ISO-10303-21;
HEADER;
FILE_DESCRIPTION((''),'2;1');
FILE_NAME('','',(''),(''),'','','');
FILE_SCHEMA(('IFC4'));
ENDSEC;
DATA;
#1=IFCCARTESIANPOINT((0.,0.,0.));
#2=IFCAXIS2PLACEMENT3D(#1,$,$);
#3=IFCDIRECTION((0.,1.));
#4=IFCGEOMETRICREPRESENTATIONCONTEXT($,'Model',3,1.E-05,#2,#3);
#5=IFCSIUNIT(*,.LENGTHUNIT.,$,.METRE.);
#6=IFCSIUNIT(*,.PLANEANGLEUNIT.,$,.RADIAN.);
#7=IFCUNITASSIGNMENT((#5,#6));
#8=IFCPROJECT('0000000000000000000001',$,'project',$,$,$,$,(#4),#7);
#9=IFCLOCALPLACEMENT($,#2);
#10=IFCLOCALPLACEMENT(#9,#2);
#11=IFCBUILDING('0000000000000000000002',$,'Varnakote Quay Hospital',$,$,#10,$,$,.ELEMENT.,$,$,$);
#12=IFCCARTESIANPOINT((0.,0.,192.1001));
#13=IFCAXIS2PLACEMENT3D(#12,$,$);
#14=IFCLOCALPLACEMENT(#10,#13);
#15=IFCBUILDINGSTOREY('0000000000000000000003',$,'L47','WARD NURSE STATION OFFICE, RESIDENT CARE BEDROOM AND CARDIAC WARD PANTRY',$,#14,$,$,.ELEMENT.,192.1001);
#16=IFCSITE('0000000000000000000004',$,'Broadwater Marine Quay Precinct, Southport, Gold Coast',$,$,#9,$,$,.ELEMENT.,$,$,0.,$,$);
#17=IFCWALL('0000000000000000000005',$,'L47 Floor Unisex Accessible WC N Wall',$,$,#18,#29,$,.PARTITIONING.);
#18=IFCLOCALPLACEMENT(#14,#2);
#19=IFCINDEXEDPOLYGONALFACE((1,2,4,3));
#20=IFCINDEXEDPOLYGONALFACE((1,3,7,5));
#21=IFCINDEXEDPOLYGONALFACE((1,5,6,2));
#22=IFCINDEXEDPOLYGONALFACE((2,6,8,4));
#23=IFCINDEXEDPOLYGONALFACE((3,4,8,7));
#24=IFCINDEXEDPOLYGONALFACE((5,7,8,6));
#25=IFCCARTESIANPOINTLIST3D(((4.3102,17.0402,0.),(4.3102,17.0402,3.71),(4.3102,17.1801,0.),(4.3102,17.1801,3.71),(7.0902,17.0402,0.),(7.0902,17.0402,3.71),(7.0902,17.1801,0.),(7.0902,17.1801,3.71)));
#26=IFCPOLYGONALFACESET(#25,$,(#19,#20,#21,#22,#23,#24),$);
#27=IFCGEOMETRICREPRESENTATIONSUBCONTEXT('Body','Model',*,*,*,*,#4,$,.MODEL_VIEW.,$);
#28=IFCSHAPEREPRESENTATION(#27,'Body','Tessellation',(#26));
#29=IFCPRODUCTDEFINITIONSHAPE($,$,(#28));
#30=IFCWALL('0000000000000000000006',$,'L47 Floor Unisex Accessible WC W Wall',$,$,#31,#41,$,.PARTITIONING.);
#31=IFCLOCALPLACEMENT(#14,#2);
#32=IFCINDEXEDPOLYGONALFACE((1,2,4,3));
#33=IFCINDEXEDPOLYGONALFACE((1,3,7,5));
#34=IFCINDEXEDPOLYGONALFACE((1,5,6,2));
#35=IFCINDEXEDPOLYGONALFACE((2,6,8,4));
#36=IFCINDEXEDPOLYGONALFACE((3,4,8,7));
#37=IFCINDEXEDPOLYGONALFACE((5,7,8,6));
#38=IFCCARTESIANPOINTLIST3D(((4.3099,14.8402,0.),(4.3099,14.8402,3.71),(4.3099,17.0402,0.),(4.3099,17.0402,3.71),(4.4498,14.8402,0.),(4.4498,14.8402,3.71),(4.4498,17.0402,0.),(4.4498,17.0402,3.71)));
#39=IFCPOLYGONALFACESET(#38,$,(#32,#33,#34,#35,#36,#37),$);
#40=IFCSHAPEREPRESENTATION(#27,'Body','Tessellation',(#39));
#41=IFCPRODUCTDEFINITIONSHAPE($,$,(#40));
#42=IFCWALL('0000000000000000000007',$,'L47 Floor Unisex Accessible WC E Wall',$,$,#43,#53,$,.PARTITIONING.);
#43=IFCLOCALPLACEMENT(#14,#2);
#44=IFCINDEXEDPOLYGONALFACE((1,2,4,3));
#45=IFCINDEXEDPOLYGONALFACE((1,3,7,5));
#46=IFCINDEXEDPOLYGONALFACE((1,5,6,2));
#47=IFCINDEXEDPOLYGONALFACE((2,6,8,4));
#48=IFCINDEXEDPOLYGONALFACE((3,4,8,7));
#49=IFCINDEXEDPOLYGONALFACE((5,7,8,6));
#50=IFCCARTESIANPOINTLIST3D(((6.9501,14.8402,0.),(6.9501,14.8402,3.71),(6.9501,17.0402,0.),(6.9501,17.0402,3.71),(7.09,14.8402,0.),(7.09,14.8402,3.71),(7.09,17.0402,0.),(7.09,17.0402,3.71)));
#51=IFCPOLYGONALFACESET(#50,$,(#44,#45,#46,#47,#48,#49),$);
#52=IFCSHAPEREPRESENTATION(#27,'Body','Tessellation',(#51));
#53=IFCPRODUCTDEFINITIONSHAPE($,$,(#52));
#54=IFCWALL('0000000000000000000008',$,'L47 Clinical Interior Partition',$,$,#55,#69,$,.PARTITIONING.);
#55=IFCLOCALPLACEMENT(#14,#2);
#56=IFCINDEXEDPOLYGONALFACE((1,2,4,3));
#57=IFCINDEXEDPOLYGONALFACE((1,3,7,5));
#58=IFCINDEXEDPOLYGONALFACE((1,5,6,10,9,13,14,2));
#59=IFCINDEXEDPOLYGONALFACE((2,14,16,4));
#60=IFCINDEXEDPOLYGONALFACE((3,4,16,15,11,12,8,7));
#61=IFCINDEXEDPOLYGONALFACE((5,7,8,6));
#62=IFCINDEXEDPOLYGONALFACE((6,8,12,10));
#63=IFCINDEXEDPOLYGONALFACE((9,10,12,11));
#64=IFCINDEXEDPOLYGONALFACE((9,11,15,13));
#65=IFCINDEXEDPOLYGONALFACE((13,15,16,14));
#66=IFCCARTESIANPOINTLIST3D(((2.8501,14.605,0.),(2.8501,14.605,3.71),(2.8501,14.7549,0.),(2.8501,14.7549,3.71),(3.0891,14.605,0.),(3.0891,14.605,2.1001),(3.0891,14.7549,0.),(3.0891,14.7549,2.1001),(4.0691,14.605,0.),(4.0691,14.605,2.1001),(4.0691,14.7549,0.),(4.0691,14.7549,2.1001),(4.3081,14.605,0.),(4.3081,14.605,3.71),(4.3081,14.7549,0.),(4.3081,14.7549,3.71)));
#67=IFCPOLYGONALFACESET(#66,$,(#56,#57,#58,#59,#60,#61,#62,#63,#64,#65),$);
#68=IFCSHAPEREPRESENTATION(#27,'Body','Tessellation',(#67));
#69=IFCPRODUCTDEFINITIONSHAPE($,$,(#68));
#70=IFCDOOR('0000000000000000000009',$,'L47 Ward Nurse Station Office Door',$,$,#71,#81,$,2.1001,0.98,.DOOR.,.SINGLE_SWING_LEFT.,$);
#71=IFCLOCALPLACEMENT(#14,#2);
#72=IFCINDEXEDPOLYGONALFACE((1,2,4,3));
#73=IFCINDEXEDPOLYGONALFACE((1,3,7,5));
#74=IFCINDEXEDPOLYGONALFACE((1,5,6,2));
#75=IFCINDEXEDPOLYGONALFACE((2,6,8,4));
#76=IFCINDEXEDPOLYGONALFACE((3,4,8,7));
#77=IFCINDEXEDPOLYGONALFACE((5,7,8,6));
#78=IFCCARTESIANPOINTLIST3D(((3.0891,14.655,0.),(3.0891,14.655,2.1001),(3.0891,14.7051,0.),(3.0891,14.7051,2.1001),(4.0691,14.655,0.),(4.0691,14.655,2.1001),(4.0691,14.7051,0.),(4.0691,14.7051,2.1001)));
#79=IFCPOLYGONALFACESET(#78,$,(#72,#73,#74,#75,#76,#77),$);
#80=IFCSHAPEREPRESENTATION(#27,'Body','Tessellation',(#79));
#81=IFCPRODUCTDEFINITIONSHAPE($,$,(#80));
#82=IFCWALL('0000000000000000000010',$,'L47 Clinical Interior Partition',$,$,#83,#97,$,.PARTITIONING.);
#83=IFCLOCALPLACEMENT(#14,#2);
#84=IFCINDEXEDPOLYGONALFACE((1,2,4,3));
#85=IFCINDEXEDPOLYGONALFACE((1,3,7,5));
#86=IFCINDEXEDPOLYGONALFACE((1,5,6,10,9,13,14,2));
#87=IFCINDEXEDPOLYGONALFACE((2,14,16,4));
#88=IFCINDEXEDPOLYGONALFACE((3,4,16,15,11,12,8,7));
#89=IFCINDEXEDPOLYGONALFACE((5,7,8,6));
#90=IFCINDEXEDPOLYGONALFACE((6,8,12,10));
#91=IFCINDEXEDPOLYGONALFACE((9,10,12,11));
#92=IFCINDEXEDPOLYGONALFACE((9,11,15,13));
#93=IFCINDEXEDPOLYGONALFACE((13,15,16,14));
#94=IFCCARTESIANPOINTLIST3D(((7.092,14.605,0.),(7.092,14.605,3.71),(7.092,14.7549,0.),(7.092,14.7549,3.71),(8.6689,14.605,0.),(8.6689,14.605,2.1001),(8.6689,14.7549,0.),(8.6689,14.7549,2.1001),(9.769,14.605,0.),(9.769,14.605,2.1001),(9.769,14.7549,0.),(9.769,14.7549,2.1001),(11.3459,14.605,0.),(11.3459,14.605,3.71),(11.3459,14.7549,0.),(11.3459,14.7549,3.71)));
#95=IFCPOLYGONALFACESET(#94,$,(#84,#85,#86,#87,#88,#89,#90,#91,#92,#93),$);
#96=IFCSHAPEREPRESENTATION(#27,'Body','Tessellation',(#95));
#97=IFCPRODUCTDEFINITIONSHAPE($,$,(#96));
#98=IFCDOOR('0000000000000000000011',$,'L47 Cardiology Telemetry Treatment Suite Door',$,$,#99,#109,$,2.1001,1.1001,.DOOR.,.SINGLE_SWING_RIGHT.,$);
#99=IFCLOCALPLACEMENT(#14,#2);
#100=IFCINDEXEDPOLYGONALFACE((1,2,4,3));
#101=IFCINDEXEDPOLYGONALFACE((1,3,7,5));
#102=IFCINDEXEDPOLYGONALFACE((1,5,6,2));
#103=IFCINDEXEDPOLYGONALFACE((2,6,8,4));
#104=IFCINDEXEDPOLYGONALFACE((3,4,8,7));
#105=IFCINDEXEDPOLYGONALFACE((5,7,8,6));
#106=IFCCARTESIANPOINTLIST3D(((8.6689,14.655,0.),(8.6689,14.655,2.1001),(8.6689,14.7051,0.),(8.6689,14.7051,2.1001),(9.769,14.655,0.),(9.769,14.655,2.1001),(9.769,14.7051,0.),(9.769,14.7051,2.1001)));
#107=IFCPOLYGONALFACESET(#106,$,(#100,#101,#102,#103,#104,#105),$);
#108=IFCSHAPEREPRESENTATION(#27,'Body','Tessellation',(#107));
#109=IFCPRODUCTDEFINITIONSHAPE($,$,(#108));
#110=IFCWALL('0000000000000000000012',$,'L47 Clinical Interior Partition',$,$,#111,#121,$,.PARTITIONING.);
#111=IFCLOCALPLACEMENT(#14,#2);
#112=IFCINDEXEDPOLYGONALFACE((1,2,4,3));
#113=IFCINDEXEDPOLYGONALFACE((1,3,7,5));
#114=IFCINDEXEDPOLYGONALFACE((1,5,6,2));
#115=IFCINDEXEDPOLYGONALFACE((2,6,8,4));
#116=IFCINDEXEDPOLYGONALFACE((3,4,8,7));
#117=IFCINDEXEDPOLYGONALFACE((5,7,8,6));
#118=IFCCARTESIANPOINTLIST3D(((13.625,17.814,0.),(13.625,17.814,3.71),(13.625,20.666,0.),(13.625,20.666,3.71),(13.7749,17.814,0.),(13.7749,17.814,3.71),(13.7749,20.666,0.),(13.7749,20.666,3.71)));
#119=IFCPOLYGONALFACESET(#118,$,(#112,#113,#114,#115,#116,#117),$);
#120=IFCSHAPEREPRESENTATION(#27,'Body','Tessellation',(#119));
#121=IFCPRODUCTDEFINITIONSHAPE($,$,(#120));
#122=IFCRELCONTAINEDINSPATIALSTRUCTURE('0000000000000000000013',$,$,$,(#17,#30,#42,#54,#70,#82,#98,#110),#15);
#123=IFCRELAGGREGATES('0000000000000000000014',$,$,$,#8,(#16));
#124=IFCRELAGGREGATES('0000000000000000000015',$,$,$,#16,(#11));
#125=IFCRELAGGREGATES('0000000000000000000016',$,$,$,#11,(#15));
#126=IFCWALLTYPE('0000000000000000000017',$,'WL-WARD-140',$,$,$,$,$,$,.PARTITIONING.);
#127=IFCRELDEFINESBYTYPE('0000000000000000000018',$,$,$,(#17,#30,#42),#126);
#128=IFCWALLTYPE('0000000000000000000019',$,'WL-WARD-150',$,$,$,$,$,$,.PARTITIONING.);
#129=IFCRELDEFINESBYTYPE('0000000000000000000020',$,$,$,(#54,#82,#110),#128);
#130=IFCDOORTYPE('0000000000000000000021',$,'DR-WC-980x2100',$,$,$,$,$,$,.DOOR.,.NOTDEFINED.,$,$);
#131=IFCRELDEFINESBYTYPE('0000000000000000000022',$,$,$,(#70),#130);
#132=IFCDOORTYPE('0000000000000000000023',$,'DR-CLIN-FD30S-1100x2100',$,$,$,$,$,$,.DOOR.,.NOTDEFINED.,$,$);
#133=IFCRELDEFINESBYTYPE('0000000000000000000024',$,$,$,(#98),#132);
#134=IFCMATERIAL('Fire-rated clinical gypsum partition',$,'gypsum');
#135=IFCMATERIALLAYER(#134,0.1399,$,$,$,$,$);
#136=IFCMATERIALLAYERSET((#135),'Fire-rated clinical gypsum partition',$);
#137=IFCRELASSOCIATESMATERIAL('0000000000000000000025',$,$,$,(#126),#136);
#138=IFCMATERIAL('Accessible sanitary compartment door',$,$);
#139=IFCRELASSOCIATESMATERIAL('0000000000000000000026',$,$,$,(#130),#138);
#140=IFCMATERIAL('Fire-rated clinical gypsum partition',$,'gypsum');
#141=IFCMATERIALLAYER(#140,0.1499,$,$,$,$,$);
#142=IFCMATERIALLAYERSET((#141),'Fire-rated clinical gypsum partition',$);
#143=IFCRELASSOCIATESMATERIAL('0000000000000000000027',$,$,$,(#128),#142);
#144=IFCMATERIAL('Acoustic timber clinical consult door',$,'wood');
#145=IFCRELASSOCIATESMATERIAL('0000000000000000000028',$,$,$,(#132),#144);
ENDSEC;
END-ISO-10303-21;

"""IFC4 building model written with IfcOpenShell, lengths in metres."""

from ifc_helpers import new_model, si_unit, direction, frame, frame_2d, origin, place, context, subcontext, project, spatial, rectangle, extrude, material, layer, layer_set, type_object, element, fill, save


model = new_model("IFC4")

# Units and contexts
model_context = context("Model", 3, precision=1e-05, world=origin(), true_north=direction((0.0, 1.0)))
body_context = subcontext(model_context, "Body", "Model", "MODEL_VIEW")
ifc_project = project(units=[si_unit("LENGTHUNIT", "METRE"), si_unit("PLANEANGLEUNIT", "RADIAN")], contexts=[model_context])

# Site, building, storey
site_placement = place(None, origin())
site = spatial("IfcSite", under=ifc_project, at=site_placement, Name="Broadwater Marine Quay Precinct, Southport, Gold Coast", CompositionType="ELEMENT", RefElevation=0.0)
building_placement = place(site_placement, origin())
building = spatial("IfcBuilding", under=site, at=building_placement, Name="Varnakote Quay Hospital", CompositionType="ELEMENT")
storey_placement = place(building_placement, frame((0.0, 0.0, 192.1001)))
storey = spatial("IfcBuildingStorey", under=building, at=storey_placement, Name="L47", Description="WARD NURSE STATION OFFICE, RESIDENT CARE BEDROOM AND CARDIAC WARD PANTRY", CompositionType="ELEMENT", Elevation=192.1001)

# Shared definitions
ifc_material_1 = material(Name="Fire-rated clinical gypsum partition", Category="gypsum")
ifc_layer_1 = layer(ifc_material_1, 0.1399)
ifc_layer_set_1 = layer_set([ifc_layer_1], Name="Fire-rated clinical gypsum partition")
wall_type_1 = type_object("IfcWallType", Name="WL-WARD-140", PredefinedType="PARTITIONING", material=ifc_layer_set_1)
ifc_material_2 = material(Name="Accessible sanitary compartment door")
door_type_1 = type_object("IfcDoorType", Name="DR-WC-980x2100", OperationType="NOTDEFINED", PredefinedType="DOOR", material=ifc_material_2)

# Walls
wall_1_placement = place(storey_placement, frame((4.3101, 17.1101, 0.0), z_axis=(0.0, 0.0, 1.0), x_axis=(1.0, 0.0, 0.0)))
element("IfcWall", 1, at=wall_1_placement, inside=storey, type_object=wall_type_1, Name="L47 Floor Unisex Accessible WC N Wall", PredefinedType="PARTITIONING", context=body_context, shape_type="SweptSolid", body=[
    extrude(rectangle(XDim=2.78, YDim=0.1399, at=frame_2d((1.3901, 0.0))), origin(), (0.0, 0.0, 1.0), 3.71),
])
for number, where, z_axis, x_axis, name in (
    (2, (4.3799, 14.8401, 0.0), (0.0, 0.0, 1.0), (0.0, 1.0, 0.0), "L47 Floor Unisex Accessible WC W Wall"),
    (3, (7.02, 14.8401, 0.0), (0.0, 0.0, 1.0), (0.0, 1.0, 0.0), "L47 Floor Unisex Accessible WC E Wall"),
):
    element("IfcWall", number, at=place(storey_placement, frame(where, z_axis=z_axis, x_axis=x_axis)), inside=storey, type_object=wall_type_1, Name=name, PredefinedType="PARTITIONING", context=body_context, shape_type="SweptSolid", body=[
        extrude(rectangle(XDim=2.2, YDim=0.1399, at=frame_2d((1.1001, 0.0))), origin(), (0.0, 0.0, 1.0), 3.71),
    ])

# Walls, openings, doors
ifc_material_3 = material(Name="Fire-rated clinical gypsum partition", Category="gypsum")
ifc_layer_2 = layer(ifc_material_3, 0.1499)
ifc_layer_set_2 = layer_set([ifc_layer_2], Name="Fire-rated clinical gypsum partition")
wall_type_2 = type_object("IfcWallType", Name="WL-WARD-150", PredefinedType="PARTITIONING", material=ifc_layer_set_2)
wall_2_placement = place(storey_placement, frame((4.3081, 14.6799, 0.0), z_axis=(0.0, 0.0, 1.0), x_axis=(-1.0, 0.0, 0.0)))
wall_2 = element("IfcWall", 4, at=wall_2_placement, inside=storey, type_object=wall_type_2, Name="L47 Clinical Interior Partition", PredefinedType="PARTITIONING", context=body_context, shape_type="SweptSolid", body=[
    extrude(rectangle(XDim=1.458, YDim=0.1499, at=frame_2d((0.729, 0.0))), origin(), (0.0, 0.0, 1.0), 3.71),
])
opening_1_placement = place(wall_2_placement, frame((0.239, 0.0, 0.0)))
opening_1 = element("IfcOpeningElement", 5, at=opening_1_placement, cuts=wall_2, PredefinedType="OPENING", context=body_context, shape_type="SweptSolid", body=[
    extrude(rectangle(XDim=0.98, YDim=2.1001, at=frame_2d((0.49, 1.05))), frame((0.0, 0.085, 0.0), z_axis=(0.0, -1.0, 0.0), x_axis=(1.0, 0.0, 0.0)), (0.0, 0.0, 1.0), 0.1699),
])
door_1_placement = place(opening_1_placement, origin())
door_1 = element("IfcDoor", 6, at=door_1_placement, inside=storey, type_object=door_type_1, Name="L47 Ward Nurse Station Office Door", OperationType="SINGLE_SWING_LEFT", OverallHeight=2.1001, OverallWidth=0.98, PredefinedType="DOOR", context=body_context, shape_type="SweptSolid", body=[
    extrude(rectangle(XDim=0.98, YDim=2.1001, at=frame_2d((0.49, 1.05))), frame((0.0, 0.0249, 0.0), z_axis=(0.0, -1.0, 0.0), x_axis=(1.0, 0.0, 0.0)), (0.0, 0.0, 1.0), 0.05),
])
fill(opening_1, door_1)
wall_3_placement = place(storey_placement, frame((11.3459, 14.6799, 0.0), z_axis=(0.0, 0.0, 1.0), x_axis=(-1.0, 0.0, 0.0)))
wall_3 = element("IfcWall", 7, at=wall_3_placement, inside=storey, type_object=wall_type_2, Name="L47 Clinical Interior Partition", PredefinedType="PARTITIONING", context=body_context, shape_type="SweptSolid", body=[
    extrude(rectangle(XDim=4.2539, YDim=0.1499, at=frame_2d((2.127, 0.0))), origin(), (0.0, 0.0, 1.0), 3.71),
])
opening_2_placement = place(wall_3_placement, frame((1.5769, 0.0, 0.0)))
opening_2 = element("IfcOpeningElement", 8, at=opening_2_placement, cuts=wall_3, PredefinedType="OPENING", context=body_context, shape_type="SweptSolid", body=[
    extrude(rectangle(XDim=1.1001, YDim=2.1001, at=frame_2d((0.55, 1.05))), frame((0.0, 0.085, 0.0), z_axis=(0.0, -1.0, 0.0), x_axis=(1.0, 0.0, 0.0)), (0.0, 0.0, 1.0), 0.1699),
])
ifc_material_4 = material(Name="Acoustic timber clinical consult door", Category="wood")
door_type_2 = type_object("IfcDoorType", Name="DR-CLIN-FD30S-1100x2100", OperationType="NOTDEFINED", PredefinedType="DOOR", material=ifc_material_4)
door_2_placement = place(opening_2_placement, origin())
door_2 = element("IfcDoor", 9, at=door_2_placement, inside=storey, type_object=door_type_2, Name="L47 Cardiology Telemetry Treatment Suite Door", OperationType="SINGLE_SWING_RIGHT", OverallHeight=2.1001, OverallWidth=1.1001, PredefinedType="DOOR", context=body_context, shape_type="SweptSolid", body=[
    extrude(rectangle(XDim=1.1001, YDim=2.1001, at=frame_2d((0.55, 1.05))), frame((0.0, 0.0249, 0.0), z_axis=(0.0, -1.0, 0.0), x_axis=(1.0, 0.0, 0.0)), (0.0, 0.0, 1.0), 0.05),
])
fill(opening_2, door_2)

# Wall
wall_4_placement = place(storey_placement, frame((13.7, 17.814, 0.0), z_axis=(0.0, 0.0, 1.0), x_axis=(0.0, 1.0, 0.0)))
element("IfcWall", 10, at=wall_4_placement, inside=storey, type_object=wall_type_2, Name="L47 Clinical Interior Partition", PredefinedType="PARTITIONING", context=body_context, shape_type="SweptSolid", body=[
    extrude(rectangle(XDim=2.8521, YDim=0.1499, at=frame_2d((1.426, 0.0))), origin(), (0.0, 0.0, 1.0), 3.71),
])

save(model, "model.ifc")
